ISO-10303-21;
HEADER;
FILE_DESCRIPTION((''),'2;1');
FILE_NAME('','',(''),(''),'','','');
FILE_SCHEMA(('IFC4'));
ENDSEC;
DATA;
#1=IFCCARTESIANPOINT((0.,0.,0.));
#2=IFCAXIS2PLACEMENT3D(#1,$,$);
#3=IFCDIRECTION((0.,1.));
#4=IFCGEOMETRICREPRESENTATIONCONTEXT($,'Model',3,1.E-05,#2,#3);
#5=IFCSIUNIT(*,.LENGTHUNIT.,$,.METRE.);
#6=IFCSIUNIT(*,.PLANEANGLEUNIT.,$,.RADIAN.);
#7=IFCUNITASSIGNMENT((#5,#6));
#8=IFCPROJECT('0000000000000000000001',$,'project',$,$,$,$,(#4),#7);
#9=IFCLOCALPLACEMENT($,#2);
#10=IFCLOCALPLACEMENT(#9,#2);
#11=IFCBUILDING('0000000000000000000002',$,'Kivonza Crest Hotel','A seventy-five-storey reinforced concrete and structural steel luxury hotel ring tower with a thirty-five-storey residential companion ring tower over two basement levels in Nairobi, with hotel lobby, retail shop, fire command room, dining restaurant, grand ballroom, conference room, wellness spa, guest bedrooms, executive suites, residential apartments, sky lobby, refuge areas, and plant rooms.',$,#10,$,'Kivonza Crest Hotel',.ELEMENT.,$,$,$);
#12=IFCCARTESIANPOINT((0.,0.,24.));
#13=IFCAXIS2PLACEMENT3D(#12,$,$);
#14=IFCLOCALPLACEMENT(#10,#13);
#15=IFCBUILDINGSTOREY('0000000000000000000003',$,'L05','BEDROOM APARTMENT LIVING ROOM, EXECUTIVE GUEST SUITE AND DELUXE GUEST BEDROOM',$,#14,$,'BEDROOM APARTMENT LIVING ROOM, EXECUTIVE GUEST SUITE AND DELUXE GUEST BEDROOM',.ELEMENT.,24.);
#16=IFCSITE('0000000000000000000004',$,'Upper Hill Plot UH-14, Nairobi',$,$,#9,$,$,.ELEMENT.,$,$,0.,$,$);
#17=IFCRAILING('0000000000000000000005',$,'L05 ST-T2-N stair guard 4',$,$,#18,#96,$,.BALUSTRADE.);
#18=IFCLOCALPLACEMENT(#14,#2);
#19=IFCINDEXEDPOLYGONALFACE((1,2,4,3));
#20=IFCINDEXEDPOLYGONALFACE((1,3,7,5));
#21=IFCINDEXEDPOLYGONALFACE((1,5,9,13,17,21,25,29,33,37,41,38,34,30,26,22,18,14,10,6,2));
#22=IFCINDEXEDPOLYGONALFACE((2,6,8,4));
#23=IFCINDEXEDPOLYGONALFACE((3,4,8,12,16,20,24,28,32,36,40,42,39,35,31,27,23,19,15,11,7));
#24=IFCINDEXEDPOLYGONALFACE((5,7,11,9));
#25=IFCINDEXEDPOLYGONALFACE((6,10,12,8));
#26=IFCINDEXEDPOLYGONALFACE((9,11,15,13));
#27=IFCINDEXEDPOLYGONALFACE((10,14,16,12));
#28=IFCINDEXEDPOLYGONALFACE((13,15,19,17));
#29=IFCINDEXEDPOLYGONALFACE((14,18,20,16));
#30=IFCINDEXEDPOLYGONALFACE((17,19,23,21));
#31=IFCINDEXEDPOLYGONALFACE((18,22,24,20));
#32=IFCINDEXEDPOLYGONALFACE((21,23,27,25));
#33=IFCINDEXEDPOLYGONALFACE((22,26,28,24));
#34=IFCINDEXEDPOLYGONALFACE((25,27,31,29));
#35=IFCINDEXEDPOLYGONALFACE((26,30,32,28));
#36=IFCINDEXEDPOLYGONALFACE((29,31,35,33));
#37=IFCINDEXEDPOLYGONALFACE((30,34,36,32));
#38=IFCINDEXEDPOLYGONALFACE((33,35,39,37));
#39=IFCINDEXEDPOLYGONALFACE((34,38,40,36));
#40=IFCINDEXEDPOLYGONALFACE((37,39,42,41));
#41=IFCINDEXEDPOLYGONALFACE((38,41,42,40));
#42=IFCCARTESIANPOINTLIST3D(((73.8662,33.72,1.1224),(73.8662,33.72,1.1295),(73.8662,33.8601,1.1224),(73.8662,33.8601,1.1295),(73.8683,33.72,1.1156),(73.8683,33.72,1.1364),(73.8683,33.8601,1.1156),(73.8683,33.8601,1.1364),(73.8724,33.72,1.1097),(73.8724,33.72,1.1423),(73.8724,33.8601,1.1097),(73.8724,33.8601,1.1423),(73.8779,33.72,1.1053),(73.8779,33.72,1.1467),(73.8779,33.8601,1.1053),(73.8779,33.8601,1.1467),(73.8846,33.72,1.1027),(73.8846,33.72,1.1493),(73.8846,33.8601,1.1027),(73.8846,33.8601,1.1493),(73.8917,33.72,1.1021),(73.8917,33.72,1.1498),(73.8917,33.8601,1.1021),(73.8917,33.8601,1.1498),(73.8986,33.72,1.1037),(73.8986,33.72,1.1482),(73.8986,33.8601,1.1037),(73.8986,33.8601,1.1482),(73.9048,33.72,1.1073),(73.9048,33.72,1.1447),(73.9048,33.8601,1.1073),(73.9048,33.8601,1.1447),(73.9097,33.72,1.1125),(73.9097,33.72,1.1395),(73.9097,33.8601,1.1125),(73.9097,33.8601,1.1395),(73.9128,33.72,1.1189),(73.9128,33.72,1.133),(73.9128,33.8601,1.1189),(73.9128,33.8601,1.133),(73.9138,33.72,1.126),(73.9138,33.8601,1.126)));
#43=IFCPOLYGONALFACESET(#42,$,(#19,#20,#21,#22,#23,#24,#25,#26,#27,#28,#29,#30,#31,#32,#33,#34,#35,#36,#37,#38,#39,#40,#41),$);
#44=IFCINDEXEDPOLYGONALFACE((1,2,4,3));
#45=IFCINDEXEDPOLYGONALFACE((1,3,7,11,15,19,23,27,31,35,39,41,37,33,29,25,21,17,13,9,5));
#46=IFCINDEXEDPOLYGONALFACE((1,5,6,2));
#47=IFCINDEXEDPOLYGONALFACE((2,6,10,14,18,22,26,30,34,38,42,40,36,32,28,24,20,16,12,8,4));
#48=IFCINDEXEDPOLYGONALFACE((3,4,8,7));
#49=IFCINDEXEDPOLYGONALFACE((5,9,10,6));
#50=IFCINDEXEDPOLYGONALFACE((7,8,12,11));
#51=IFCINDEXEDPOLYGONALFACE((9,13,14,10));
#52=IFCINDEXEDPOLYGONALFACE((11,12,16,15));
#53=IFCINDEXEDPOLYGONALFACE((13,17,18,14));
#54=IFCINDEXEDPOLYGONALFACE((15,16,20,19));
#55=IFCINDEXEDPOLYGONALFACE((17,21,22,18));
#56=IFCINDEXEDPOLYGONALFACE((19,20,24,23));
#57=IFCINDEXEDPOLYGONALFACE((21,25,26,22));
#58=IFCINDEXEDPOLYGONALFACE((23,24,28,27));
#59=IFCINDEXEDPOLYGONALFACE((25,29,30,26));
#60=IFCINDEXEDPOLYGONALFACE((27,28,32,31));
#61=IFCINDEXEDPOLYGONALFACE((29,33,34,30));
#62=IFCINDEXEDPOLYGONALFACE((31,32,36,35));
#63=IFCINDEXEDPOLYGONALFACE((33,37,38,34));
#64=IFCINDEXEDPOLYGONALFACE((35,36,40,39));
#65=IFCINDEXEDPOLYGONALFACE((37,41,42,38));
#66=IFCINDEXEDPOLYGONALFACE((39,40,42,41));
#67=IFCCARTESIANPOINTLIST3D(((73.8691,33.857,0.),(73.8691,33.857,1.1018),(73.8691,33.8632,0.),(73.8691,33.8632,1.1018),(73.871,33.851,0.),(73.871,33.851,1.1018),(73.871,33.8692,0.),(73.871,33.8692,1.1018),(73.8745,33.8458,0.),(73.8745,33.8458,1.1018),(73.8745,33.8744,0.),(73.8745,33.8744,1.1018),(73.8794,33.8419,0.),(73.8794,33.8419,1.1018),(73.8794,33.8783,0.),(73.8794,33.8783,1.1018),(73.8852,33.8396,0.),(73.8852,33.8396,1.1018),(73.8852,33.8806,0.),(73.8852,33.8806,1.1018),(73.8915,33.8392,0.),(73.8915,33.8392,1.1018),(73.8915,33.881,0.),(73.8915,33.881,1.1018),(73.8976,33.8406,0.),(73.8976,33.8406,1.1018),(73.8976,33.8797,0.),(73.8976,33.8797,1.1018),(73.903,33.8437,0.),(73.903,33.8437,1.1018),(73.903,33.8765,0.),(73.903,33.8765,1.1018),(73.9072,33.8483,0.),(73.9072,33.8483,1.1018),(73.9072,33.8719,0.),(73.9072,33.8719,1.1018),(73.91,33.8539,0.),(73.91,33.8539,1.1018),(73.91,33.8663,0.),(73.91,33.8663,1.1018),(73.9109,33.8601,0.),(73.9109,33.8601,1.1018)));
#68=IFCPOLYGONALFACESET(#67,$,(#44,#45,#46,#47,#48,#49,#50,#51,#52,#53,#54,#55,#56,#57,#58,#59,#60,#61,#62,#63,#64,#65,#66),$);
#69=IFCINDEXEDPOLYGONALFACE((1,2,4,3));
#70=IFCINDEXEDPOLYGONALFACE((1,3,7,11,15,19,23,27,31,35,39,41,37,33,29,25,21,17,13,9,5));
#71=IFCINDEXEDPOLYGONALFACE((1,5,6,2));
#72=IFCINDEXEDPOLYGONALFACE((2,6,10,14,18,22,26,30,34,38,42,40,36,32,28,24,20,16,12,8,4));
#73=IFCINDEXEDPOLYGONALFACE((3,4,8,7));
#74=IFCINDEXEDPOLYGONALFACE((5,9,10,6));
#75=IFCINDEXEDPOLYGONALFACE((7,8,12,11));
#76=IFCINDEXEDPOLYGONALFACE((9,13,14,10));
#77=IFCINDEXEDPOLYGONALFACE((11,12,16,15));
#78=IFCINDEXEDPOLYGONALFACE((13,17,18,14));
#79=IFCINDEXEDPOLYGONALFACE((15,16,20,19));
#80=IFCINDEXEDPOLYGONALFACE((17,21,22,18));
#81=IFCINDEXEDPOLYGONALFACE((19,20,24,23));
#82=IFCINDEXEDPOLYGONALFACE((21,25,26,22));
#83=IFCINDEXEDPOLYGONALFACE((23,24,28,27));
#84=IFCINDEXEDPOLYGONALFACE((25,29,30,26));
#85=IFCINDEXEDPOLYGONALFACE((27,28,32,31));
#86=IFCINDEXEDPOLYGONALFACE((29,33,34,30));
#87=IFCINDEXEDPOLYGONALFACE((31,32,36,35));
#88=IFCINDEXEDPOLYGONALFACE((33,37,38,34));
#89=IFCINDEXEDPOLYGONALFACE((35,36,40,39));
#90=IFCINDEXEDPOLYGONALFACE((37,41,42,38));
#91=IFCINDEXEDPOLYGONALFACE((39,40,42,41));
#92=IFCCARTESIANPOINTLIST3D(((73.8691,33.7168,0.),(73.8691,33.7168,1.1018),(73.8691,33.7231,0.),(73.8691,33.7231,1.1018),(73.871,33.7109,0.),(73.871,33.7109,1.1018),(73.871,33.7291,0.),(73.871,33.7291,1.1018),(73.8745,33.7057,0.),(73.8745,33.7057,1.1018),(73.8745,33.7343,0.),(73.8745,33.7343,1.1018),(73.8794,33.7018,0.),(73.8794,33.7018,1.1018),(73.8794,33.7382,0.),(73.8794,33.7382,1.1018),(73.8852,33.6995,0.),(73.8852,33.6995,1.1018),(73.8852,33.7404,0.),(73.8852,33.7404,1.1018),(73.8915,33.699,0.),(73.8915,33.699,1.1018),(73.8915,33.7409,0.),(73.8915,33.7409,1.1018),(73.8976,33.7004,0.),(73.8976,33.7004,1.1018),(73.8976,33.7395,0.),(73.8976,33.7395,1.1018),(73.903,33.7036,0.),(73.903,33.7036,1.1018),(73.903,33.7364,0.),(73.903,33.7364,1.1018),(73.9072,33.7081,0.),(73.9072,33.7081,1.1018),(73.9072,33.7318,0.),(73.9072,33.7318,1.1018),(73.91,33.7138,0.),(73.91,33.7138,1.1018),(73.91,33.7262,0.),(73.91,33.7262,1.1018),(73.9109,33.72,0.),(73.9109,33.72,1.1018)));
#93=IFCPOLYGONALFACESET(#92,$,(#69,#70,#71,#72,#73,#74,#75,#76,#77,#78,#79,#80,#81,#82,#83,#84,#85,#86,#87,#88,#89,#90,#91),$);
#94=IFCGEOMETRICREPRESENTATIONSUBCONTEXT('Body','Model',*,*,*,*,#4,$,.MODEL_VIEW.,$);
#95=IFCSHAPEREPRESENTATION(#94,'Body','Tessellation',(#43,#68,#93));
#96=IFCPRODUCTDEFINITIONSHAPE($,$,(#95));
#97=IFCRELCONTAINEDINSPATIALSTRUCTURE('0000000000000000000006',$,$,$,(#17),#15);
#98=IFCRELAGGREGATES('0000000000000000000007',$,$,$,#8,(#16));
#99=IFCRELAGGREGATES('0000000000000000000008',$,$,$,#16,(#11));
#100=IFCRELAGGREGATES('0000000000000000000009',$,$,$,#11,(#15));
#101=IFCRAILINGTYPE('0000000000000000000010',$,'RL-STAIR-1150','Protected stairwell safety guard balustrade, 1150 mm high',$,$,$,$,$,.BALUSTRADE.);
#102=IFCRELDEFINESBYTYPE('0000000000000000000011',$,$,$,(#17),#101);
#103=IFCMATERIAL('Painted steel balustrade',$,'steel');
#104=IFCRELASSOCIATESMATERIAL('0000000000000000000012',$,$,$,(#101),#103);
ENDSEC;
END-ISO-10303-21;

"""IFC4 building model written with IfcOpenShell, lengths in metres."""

from ifc_helpers import new_model, si_unit, direction, frame, origin, origin_2d, place, context, subcontext, project, spatial, circle, extrude, material, type_object, element, save


model = new_model("IFC4")

# Units and contexts
model_context = context("Model", 3, precision=1e-05, world=origin(), true_north=direction((0.0, 1.0)))
body_context = subcontext(model_context, "Body", "Model", "MODEL_VIEW")
ifc_project = project(units=[si_unit("LENGTHUNIT", "METRE"), si_unit("PLANEANGLEUNIT", "RADIAN")], contexts=[model_context])

# Site, building, storey
site_placement = place(None, origin())
site = spatial("IfcSite", under=ifc_project, at=site_placement, Name="Upper Hill Plot UH-14, Nairobi", CompositionType="ELEMENT", RefElevation=0.0)
building_placement = place(site_placement, origin())
building = spatial("IfcBuilding", under=site, at=building_placement, Name="Kivonza Crest Hotel", Description="A seventy-five-storey reinforced concrete and structural steel luxury hotel ring tower with a thirty-five-storey residential companion ring tower over two basement levels in Nairobi, with hotel lobby, retail shop, fire command room, dining restaurant, grand ballroom, conference room, wellness spa, guest bedrooms, executive suites, residential apartments, sky lobby, refuge areas, and plant rooms.", LongName="Kivonza Crest Hotel", CompositionType="ELEMENT")
storey_placement = place(building_placement, frame((0.0, 0.0, 24.0)))
storey = spatial("IfcBuildingStorey", under=building, at=storey_placement, Name="L05", Description="BEDROOM APARTMENT LIVING ROOM, EXECUTIVE GUEST SUITE AND DELUXE GUEST BEDROOM", LongName="BEDROOM APARTMENT LIVING ROOM, EXECUTIVE GUEST SUITE AND DELUXE GUEST BEDROOM", CompositionType="ELEMENT", Elevation=24.0)

# Railing
ifc_material_1 = material(Name="Painted steel balustrade", Category="steel")
railing_type_1 = type_object("IfcRailingType", Name="RL-STAIR-1150", Description="Protected stairwell safety guard balustrade, 1150 mm high", PredefinedType="BALUSTRADE", material=ifc_material_1)
railing_1_placement = place(storey_placement, frame((73.8899, 33.8601, 0.0)))
element("IfcRailing", 1, at=railing_1_placement, inside=storey, type_object=railing_type_1, Name="L05 ST-T2-N stair guard 4", PredefinedType="BALUSTRADE", context=body_context, shape_type="SweptSolid", body=[
    extrude(circle(Radius=0.0239, at=origin_2d()), frame((0.0, 0.0, 1.126), z_axis=(0.0, -1.0, 0.0), x_axis=(1.0, 0.0, 0.0)), (0.0, 0.0, 1.0), 0.1401),
    extrude(circle(Radius=0.021, at=origin_2d()), origin(), (0.0, 0.0, 1.0), 1.1018),
    extrude(circle(Radius=0.021, at=origin_2d()), frame((0.0, -0.1401, 0.0)), (0.0, 0.0, 1.0), 1.1018),
])

save(model, "model.ifc")
